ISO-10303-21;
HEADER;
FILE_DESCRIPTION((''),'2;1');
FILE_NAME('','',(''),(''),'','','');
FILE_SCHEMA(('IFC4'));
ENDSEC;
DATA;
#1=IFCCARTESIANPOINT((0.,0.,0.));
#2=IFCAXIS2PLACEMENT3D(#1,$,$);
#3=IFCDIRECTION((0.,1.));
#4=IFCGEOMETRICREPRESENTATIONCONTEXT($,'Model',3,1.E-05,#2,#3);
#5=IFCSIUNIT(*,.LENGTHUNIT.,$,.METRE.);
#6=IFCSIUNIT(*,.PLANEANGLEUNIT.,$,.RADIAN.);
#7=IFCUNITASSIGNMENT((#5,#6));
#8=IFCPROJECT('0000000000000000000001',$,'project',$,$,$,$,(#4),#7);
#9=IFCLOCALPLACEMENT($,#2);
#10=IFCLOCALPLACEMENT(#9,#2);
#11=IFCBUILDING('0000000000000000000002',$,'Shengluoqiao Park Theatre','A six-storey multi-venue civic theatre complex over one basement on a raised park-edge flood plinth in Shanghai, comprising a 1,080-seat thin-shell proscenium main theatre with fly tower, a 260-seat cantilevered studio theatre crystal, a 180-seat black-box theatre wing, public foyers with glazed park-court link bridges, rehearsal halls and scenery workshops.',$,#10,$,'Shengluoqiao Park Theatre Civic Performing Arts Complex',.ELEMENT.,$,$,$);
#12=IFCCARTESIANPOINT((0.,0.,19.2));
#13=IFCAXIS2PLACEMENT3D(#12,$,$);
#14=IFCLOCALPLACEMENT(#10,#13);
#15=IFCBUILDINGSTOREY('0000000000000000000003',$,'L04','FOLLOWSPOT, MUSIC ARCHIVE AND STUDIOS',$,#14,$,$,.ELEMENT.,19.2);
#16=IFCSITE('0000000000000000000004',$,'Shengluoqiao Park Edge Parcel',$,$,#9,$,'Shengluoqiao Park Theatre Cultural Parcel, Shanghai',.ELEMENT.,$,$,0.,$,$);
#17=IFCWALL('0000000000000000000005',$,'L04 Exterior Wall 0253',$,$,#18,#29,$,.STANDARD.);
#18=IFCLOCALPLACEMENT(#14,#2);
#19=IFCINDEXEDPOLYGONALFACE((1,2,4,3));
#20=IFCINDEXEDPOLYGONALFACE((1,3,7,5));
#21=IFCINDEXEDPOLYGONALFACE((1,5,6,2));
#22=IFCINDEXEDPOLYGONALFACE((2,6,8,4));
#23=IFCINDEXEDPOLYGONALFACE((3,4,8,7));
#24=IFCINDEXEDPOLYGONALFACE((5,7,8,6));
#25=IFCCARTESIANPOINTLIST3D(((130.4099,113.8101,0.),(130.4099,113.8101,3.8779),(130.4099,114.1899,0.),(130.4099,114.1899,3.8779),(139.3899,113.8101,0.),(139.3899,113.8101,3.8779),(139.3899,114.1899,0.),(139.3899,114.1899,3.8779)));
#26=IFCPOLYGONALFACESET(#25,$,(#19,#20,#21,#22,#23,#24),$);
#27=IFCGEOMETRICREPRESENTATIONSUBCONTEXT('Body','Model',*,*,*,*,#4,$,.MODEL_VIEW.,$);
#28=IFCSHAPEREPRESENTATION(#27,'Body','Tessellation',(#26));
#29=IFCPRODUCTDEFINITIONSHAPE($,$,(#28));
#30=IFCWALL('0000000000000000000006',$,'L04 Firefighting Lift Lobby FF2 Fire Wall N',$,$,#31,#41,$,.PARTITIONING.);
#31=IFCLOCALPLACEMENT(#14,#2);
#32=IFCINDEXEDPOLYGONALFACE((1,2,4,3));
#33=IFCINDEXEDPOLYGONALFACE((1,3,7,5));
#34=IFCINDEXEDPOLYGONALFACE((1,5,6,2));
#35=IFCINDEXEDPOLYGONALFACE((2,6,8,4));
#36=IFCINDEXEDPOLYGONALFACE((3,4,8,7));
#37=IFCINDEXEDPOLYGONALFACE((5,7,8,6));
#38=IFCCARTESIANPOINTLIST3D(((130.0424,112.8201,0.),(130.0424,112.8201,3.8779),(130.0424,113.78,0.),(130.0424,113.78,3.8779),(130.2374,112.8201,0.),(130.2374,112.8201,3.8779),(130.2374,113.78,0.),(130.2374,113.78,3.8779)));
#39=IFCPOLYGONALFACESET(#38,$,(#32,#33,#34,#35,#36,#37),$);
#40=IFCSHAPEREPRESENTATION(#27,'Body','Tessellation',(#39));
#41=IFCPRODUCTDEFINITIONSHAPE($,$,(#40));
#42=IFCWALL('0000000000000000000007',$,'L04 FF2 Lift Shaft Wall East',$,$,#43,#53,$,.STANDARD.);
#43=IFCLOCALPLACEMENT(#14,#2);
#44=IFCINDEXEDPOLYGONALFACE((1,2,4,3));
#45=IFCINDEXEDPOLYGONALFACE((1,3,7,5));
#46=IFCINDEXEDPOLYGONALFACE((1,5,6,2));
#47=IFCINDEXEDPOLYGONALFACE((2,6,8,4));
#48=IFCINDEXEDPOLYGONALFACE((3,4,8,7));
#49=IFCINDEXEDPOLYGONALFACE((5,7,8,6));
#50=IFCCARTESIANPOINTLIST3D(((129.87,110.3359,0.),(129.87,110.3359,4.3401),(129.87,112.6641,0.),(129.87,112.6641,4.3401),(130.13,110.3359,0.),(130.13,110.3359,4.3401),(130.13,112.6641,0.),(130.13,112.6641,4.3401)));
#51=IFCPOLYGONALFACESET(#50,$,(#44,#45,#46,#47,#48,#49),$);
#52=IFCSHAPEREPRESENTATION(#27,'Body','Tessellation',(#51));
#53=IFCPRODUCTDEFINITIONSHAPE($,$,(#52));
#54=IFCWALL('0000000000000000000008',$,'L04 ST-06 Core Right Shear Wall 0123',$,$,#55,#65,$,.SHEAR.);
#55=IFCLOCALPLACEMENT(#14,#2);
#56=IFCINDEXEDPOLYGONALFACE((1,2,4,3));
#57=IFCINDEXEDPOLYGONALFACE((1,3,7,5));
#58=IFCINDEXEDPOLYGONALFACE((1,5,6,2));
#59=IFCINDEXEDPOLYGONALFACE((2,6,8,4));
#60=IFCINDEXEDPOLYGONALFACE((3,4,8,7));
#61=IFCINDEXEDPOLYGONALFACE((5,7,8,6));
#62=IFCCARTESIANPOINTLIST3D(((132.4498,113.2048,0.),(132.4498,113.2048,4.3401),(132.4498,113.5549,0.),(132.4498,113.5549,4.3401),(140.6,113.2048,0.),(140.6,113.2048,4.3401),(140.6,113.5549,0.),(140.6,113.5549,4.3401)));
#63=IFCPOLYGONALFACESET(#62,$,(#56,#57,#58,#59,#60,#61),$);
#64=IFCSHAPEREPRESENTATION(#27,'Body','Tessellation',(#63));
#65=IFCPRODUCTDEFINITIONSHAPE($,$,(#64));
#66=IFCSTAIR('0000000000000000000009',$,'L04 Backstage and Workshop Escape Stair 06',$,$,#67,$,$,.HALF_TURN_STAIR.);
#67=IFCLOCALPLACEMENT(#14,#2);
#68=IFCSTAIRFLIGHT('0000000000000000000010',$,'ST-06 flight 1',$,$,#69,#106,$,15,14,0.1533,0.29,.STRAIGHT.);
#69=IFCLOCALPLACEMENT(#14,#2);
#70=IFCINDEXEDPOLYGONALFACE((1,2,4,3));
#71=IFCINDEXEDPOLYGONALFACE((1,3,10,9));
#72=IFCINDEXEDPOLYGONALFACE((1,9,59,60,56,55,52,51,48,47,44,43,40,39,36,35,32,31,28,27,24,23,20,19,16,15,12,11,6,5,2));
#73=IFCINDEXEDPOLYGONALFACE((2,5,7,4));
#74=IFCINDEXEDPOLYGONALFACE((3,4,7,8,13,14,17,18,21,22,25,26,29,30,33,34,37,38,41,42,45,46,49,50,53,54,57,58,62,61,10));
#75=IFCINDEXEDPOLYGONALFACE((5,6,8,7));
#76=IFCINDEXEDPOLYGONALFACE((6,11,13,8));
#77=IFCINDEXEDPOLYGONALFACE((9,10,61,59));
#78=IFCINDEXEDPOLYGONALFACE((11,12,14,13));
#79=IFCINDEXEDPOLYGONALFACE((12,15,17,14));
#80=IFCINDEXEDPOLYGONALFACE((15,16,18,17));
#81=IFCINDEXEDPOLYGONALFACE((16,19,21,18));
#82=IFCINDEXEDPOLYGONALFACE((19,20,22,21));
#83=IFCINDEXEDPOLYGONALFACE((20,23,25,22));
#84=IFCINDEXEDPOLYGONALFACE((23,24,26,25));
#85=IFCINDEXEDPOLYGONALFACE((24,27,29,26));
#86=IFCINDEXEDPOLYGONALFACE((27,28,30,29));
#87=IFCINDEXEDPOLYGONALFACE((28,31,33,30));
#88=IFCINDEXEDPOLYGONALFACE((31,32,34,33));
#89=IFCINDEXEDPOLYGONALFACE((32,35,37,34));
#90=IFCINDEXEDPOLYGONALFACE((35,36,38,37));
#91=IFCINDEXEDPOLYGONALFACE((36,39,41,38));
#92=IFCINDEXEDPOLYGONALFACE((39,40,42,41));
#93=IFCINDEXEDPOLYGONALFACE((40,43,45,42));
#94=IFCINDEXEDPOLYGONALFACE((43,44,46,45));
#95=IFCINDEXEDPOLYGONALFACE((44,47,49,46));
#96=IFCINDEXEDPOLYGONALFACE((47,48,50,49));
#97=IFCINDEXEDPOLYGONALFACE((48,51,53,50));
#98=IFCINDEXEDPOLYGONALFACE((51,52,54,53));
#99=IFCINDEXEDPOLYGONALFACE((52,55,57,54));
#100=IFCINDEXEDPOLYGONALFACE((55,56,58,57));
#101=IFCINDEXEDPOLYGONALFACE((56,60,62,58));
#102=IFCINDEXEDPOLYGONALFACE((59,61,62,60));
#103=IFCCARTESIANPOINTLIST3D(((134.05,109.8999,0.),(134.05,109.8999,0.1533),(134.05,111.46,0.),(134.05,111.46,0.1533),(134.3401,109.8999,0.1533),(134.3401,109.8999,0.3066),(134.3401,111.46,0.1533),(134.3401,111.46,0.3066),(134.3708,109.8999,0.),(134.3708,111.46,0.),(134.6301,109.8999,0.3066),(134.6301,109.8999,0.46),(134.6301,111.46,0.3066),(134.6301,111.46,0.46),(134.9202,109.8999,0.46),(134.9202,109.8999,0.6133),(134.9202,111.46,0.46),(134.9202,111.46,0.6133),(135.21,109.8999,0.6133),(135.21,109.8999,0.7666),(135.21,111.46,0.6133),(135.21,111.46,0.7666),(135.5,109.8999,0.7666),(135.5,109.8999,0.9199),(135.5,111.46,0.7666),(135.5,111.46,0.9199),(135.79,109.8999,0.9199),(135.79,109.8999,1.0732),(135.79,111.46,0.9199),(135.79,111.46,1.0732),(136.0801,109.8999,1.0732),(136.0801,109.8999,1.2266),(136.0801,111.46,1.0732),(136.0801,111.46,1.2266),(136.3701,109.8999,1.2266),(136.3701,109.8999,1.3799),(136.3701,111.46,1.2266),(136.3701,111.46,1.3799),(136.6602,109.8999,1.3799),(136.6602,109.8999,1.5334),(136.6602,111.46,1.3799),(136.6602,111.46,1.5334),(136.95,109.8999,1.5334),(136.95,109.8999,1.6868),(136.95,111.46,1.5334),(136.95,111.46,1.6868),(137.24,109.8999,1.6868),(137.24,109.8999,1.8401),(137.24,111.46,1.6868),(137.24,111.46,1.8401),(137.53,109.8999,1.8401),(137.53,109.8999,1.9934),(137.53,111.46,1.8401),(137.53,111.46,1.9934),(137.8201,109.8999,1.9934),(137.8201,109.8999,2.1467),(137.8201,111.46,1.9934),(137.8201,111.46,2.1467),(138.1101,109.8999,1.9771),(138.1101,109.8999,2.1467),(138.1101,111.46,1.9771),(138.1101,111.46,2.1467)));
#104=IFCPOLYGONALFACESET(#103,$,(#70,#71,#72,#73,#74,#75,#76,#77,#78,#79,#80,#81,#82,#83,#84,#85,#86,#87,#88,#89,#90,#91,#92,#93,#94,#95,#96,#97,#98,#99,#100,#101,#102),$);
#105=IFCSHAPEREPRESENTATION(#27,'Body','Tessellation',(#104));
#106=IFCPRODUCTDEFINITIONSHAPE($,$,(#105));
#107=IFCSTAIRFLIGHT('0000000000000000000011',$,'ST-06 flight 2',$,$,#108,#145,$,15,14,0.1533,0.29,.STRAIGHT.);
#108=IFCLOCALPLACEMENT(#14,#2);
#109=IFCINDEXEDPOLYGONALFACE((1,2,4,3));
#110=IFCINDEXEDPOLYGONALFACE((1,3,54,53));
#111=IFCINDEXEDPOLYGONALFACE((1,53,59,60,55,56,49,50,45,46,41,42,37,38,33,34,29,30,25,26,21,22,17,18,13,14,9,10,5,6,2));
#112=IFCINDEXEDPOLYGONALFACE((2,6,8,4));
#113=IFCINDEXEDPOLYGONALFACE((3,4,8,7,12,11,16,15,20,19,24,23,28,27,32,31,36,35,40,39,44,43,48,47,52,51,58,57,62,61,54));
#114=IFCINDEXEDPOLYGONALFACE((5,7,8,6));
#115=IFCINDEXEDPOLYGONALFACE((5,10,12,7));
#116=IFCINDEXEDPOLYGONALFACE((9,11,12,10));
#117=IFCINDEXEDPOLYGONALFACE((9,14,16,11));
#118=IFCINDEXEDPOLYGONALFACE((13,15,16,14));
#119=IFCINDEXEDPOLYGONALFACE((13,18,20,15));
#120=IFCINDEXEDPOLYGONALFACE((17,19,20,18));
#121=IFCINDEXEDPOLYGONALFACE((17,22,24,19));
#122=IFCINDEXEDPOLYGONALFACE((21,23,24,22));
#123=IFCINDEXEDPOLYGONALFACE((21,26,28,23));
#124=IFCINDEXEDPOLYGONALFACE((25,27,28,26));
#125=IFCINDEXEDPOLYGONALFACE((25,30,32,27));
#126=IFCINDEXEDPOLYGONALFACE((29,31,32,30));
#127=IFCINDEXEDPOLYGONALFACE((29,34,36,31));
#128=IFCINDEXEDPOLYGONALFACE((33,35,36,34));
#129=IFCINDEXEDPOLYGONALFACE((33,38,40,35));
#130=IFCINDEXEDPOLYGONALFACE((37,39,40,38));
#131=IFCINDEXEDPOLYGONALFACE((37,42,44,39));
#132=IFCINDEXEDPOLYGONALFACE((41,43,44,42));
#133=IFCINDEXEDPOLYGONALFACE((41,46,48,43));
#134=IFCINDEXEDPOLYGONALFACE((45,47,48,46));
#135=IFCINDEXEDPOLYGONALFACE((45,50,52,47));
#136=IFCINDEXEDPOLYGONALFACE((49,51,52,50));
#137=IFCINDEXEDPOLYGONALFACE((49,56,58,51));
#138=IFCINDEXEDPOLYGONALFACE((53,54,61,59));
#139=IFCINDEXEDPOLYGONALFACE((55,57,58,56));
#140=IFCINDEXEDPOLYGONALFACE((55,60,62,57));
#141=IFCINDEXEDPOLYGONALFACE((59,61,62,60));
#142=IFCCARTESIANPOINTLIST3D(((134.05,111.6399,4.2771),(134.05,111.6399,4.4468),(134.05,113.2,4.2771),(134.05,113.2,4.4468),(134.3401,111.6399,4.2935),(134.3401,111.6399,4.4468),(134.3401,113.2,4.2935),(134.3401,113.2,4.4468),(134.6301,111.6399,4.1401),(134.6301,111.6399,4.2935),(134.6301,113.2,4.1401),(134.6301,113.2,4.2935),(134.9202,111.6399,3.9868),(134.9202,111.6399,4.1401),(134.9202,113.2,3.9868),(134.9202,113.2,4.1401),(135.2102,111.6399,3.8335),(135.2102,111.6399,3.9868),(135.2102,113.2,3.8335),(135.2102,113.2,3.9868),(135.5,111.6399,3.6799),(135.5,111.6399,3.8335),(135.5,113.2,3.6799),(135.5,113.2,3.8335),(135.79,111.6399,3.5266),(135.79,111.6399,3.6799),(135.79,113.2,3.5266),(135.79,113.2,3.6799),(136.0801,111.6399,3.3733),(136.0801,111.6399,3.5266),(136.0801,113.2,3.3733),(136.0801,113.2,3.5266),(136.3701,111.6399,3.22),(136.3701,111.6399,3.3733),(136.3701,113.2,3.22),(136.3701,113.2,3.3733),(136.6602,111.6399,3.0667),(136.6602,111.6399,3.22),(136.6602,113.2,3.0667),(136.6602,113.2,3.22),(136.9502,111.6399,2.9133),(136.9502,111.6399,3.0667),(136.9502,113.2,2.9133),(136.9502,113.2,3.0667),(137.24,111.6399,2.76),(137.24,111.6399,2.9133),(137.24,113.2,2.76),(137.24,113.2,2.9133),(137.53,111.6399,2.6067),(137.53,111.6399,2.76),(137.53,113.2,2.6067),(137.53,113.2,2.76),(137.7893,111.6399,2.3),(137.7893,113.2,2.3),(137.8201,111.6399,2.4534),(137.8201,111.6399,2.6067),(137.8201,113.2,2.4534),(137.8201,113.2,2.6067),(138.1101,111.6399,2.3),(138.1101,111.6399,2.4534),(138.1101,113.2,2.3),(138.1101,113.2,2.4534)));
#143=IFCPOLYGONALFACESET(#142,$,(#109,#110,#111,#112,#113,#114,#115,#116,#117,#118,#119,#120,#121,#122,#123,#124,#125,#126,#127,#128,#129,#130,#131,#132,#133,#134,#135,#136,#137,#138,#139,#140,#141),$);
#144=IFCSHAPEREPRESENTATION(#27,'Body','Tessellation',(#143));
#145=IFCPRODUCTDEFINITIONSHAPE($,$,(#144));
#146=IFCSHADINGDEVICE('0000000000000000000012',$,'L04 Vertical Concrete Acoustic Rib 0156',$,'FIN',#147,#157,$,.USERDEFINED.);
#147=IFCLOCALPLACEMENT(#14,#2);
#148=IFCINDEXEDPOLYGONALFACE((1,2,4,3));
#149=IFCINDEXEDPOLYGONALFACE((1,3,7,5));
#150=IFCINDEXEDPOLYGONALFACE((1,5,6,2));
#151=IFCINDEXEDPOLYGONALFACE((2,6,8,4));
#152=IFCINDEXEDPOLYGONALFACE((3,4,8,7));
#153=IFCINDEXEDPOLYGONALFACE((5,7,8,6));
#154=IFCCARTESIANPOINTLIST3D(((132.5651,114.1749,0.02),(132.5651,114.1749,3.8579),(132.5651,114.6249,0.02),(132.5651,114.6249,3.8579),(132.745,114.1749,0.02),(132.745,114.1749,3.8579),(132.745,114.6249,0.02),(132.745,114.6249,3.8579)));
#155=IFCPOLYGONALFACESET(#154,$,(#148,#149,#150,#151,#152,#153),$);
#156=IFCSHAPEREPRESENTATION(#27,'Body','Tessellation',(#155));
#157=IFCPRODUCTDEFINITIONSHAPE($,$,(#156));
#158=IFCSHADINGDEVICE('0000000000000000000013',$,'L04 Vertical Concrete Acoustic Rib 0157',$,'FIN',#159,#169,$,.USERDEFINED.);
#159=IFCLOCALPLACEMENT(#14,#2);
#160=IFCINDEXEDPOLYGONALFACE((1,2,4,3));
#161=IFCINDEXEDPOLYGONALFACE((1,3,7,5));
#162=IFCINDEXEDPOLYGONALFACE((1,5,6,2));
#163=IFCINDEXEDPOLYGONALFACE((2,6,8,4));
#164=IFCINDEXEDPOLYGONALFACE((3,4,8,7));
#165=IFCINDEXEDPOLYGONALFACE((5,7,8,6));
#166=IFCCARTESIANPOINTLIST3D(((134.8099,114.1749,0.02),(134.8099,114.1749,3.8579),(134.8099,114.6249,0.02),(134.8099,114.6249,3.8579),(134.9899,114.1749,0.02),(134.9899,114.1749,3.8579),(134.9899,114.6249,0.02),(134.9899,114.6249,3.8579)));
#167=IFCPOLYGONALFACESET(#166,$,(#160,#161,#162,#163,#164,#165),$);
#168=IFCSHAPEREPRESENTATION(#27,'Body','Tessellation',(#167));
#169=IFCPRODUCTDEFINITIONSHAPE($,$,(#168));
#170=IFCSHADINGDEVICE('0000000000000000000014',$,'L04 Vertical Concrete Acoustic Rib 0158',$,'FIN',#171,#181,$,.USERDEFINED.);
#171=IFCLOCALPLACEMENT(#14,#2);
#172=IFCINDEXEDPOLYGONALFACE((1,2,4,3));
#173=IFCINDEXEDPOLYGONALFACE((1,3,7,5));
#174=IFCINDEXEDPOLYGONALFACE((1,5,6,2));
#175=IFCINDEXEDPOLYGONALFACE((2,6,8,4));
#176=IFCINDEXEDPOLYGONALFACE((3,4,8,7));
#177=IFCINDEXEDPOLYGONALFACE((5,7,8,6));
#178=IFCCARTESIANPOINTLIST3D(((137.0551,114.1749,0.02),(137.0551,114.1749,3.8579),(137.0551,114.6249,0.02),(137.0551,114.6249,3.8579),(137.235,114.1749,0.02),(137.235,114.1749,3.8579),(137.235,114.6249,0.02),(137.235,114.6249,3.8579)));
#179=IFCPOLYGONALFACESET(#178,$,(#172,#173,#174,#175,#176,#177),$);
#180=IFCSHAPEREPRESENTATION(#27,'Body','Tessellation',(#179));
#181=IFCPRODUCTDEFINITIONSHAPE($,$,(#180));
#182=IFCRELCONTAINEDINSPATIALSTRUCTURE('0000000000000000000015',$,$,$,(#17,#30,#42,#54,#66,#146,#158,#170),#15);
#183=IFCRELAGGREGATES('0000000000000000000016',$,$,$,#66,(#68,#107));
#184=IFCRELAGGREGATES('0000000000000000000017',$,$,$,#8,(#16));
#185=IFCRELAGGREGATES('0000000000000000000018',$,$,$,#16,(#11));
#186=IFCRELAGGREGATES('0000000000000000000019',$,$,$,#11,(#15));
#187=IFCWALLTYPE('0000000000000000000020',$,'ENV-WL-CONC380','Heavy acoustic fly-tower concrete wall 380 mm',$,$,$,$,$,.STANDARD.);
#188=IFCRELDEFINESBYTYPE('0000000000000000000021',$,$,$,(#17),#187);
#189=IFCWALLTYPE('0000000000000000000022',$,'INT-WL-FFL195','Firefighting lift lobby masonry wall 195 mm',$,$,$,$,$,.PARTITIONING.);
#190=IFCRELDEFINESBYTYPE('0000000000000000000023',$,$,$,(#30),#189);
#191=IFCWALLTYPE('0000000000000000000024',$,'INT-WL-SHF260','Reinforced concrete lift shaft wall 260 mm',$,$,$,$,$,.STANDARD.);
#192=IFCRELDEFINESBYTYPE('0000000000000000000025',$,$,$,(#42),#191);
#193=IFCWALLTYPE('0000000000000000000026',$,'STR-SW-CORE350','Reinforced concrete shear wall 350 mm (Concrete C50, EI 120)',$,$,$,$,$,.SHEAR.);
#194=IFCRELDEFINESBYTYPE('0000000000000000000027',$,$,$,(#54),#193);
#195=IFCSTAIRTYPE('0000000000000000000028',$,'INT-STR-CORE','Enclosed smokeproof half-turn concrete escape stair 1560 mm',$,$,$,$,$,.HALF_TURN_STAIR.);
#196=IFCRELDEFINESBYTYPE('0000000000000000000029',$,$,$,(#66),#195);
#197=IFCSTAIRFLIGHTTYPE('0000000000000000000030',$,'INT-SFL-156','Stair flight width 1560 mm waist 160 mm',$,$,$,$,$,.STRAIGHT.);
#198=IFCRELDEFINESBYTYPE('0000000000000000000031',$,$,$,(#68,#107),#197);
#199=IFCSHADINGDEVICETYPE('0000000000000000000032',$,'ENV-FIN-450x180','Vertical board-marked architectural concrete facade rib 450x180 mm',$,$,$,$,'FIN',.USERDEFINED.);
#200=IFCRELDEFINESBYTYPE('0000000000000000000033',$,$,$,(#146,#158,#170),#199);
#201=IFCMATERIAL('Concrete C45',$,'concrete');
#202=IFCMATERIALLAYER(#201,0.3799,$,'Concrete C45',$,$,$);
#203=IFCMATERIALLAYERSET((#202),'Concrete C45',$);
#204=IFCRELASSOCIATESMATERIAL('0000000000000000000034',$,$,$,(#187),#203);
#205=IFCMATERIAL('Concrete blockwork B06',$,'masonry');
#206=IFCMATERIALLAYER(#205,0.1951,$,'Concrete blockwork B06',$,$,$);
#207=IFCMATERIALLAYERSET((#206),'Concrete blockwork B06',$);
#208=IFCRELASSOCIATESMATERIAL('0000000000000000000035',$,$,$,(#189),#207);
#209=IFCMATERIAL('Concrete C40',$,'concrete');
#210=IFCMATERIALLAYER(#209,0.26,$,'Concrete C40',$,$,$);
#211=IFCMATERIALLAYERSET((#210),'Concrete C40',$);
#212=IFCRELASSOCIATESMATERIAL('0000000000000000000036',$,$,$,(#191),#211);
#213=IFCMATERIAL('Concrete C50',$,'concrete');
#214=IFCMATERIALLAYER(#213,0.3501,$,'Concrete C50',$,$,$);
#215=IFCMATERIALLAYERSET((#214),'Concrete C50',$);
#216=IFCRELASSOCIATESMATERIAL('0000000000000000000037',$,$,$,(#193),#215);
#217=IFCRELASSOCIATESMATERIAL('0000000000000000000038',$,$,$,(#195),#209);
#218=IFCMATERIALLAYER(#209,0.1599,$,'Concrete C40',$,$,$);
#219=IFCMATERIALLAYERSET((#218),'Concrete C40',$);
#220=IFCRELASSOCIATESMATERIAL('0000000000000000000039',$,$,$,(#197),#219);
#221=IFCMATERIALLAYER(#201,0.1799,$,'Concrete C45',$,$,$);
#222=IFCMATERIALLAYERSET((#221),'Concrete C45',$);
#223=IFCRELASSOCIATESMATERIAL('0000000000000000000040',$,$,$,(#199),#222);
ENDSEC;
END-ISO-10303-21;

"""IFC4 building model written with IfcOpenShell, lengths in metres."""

from ifc_helpers import new_model, si_unit, direction, frame, frame_2d, origin, origin_2d, place, context, subcontext, project, spatial, polyline, rectangle, outline, extrude, material, layer, layer_set, type_object, element, aggregate, save


model = new_model("IFC4")

# Units and contexts
model_context = context("Model", 3, precision=1e-05, world=origin(), true_north=direction((0.0, 1.0)))
body_context = subcontext(model_context, "Body", "Model", "MODEL_VIEW")
ifc_project = project(units=[si_unit("LENGTHUNIT", "METRE"), si_unit("PLANEANGLEUNIT", "RADIAN")], contexts=[model_context])

# Site, building, storey
site_placement = place(None, origin())
site = spatial("IfcSite", under=ifc_project, at=site_placement, Name="Shengluoqiao Park Edge Parcel", LongName="Shengluoqiao Park Theatre Cultural Parcel, Shanghai", CompositionType="ELEMENT", RefElevation=0.0)
building_placement = place(site_placement, origin())
building = spatial("IfcBuilding", under=site, at=building_placement, Name="Shengluoqiao Park Theatre", Description="A six-storey multi-venue civic theatre complex over one basement on a raised park-edge flood plinth in Shanghai, comprising a 1,080-seat thin-shell proscenium main theatre with fly tower, a 260-seat cantilevered studio theatre crystal, a 180-seat black-box theatre wing, public foyers with glazed park-court link bridges, rehearsal halls and scenery workshops.", LongName="Shengluoqiao Park Theatre Civic Performing Arts Complex", CompositionType="ELEMENT")
storey_placement = place(building_placement, frame((0.0, 0.0, 19.2)))
storey = spatial("IfcBuildingStorey", under=building, at=storey_placement, Name="L04", Description="FOLLOWSPOT, MUSIC ARCHIVE AND STUDIOS", CompositionType="ELEMENT", Elevation=19.2)

# Shared definitions
ifc_material_1 = material(Name="Concrete C40", Category="concrete")

# Walls
ifc_material_2 = material(Name="Concrete C45", Category="concrete")
ifc_layer_1 = layer(ifc_material_2, 0.3799, Name="Concrete C45")
ifc_layer_set_1 = layer_set([ifc_layer_1], Name="Concrete C45")
wall_type_1 = type_object("IfcWallType", Name="ENV-WL-CONC380", Description="Heavy acoustic fly-tower concrete wall 380 mm", PredefinedType="STANDARD", material=ifc_layer_set_1)
wall_1_placement = place(storey_placement, frame((130.4099, 114.0, 0.0), z_axis=(0.0, 0.0, 1.0), x_axis=(1.0, 0.0, 0.0)))
element("IfcWall", 1, at=wall_1_placement, inside=storey, type_object=wall_type_1, Name="L04 Exterior Wall 0253", PredefinedType="STANDARD", context=body_context, shape_type="SweptSolid", body=[
    extrude(rectangle(XDim=8.98, YDim=0.3799, at=frame_2d((4.49, 0.0))), origin(), (0.0, 0.0, 1.0), 3.8779),
])
ifc_material_3 = material(Name="Concrete blockwork B06", Category="masonry")
ifc_layer_2 = layer(ifc_material_3, 0.1951, Name="Concrete blockwork B06")
ifc_layer_set_2 = layer_set([ifc_layer_2], Name="Concrete blockwork B06")
wall_type_2 = type_object("IfcWallType", Name="INT-WL-FFL195", Description="Firefighting lift lobby masonry wall 195 mm", PredefinedType="PARTITIONING", material=ifc_layer_set_2)
wall_2_placement = place(storey_placement, frame((130.1399, 112.8201, 0.0), z_axis=(0.0, 0.0, 1.0), x_axis=(0.0, 1.0, 0.0)))
element("IfcWall", 2, at=wall_2_placement, inside=storey, type_object=wall_type_2, Name="L04 Firefighting Lift Lobby FF2 Fire Wall N", PredefinedType="PARTITIONING", context=body_context, shape_type="SweptSolid", body=[
    extrude(rectangle(XDim=0.96, YDim=0.1951, at=frame_2d((0.48, 0.0))), origin(), (0.0, 0.0, 1.0), 3.8779),
])
ifc_layer_3 = layer(ifc_material_1, 0.26, Name="Concrete C40")
ifc_layer_set_3 = layer_set([ifc_layer_3], Name="Concrete C40")
wall_type_3 = type_object("IfcWallType", Name="INT-WL-SHF260", Description="Reinforced concrete lift shaft wall 260 mm", PredefinedType="STANDARD", material=ifc_layer_set_3)
wall_3_placement = place(storey_placement, frame((130.0, 110.3359, 0.0), z_axis=(0.0, 0.0, 1.0), x_axis=(0.0, 1.0, 0.0)))
element("IfcWall", 3, at=wall_3_placement, inside=storey, type_object=wall_type_3, Name="L04 FF2 Lift Shaft Wall East", PredefinedType="STANDARD", context=body_context, shape_type="SweptSolid", body=[
    extrude(rectangle(XDim=2.3281, YDim=0.26, at=frame_2d((1.1641, 0.0))), origin(), (0.0, 0.0, 1.0), 4.3401),
])
ifc_material_4 = material(Name="Concrete C50", Category="concrete")
ifc_layer_4 = layer(ifc_material_4, 0.3501, Name="Concrete C50")
ifc_layer_set_4 = layer_set([ifc_layer_4], Name="Concrete C50")
wall_type_4 = type_object("IfcWallType", Name="STR-SW-CORE350", Description="Reinforced concrete shear wall 350 mm (Concrete C50, EI 120)", PredefinedType="SHEAR", material=ifc_layer_set_4)
wall_4_placement = place(storey_placement, frame((140.6001, 113.3799, 0.0), z_axis=(0.0, 0.0, 1.0), x_axis=(-1.0, 0.0, 0.0)))
element("IfcWall", 4, at=wall_4_placement, inside=storey, type_object=wall_type_4, Name="L04 ST-06 Core Right Shear Wall 0123", PredefinedType="SHEAR", context=body_context, shape_type="SweptSolid", body=[
    extrude(rectangle(XDim=8.1501, YDim=0.3501, at=frame_2d((4.0752, 0.0))), origin(), (0.0, 0.0, 1.0), 4.3401),
])

# Stair, stair flights
stair_type = type_object("IfcStairType", Name="INT-STR-CORE", Description="Enclosed smokeproof half-turn concrete escape stair 1560 mm", PredefinedType="HALF_TURN_STAIR", material=ifc_material_1)
stair_placement = place(storey_placement, origin())
stair = element("IfcStair", 5, at=stair_placement, inside=storey, type_object=stair_type, Name="L04 Backstage and Workshop Escape Stair 06", PredefinedType="HALF_TURN_STAIR")
ifc_layer_5 = layer(ifc_material_1, 0.1599, Name="Concrete C40")
ifc_layer_set_5 = layer_set([ifc_layer_5], Name="Concrete C40")
stair_flight_type = type_object("IfcStairFlightType", Name="INT-SFL-156", Description="Stair flight width 1560 mm waist 160 mm", PredefinedType="STRAIGHT", material=ifc_layer_set_5)
stair_flight_1_placement = place(storey_placement, frame((134.05, 110.6799, 0.0), z_axis=(0.0, 0.0, 1.0), x_axis=(1.0, 0.0, 0.0)))
stair_flight_1 = element("IfcStairFlight", 6, at=stair_flight_1_placement, type_object=stair_flight_type, Name="ST-06 flight 1", NumberOfRisers=15, NumberOfTreads=14, PredefinedType="STRAIGHT", RiserHeight=0.1533, TreadLength=0.29, context=body_context, shape_type="SweptSolid", body=[
    extrude(outline(polyline([(0.0, 0.0), (0.0, 0.1533), (0.29, 0.1533), (0.29, 0.3066), (0.5801, 0.3066), (0.5801, 0.46), (0.8701, 0.46), (0.8701, 0.6133), (1.1599, 0.6133), (1.1599, 0.7666), (1.45, 0.7666), (1.45, 0.9199), (1.74, 0.9199), (1.74, 1.0732), (2.03, 1.0732), (2.03, 1.2266), (2.3201, 1.2266), (2.3201, 1.3799), (2.6101, 1.3799), (2.6101, 1.5334), (2.8999, 1.5334), (2.8999, 1.6868), (3.1899, 1.6868), (3.1899, 1.8401), (3.48, 1.8401), (3.48, 1.9934), (3.77, 1.9934), (3.77, 2.1467), (4.0601, 2.1467), (4.0601, 2.3), (4.0601, 1.9771), (0.3208, 0.0), (0.0, 0.0)])), frame((0.0, 0.78, 0.0), z_axis=(0.0, -1.0, 0.0), x_axis=(1.0, 0.0, 0.0)), (0.0, 0.0, 1.0), 1.5601),
])
stair_flight_2_placement = place(storey_placement, frame((138.1101, 112.4199, 2.3), z_axis=(0.0, 0.0, 1.0), x_axis=(-1.0, 0.0, 0.0)))
stair_flight_2 = element("IfcStairFlight", 7, at=stair_flight_2_placement, type_object=stair_flight_type, Name="ST-06 flight 2", NumberOfRisers=15, NumberOfTreads=14, PredefinedType="STRAIGHT", RiserHeight=0.1533, TreadLength=0.29, context=body_context, shape_type="SweptSolid", body=[
    extrude(outline(polyline([(0.0, 0.0), (0.0, 0.1533), (0.29, 0.1533), (0.29, 0.3066), (0.5801, 0.3066), (0.5801, 0.46), (0.8701, 0.46), (0.8701, 0.6133), (1.1599, 0.6133), (1.1599, 0.7666), (1.45, 0.7666), (1.45, 0.9199), (1.74, 0.9199), (1.74, 1.0732), (2.03, 1.0732), (2.03, 1.2266), (2.3201, 1.2266), (2.3201, 1.3799), (2.6101, 1.3799), (2.6101, 1.5334), (2.8999, 1.5334), (2.8999, 1.6868), (3.1899, 1.6868), (3.1899, 1.8401), (3.48, 1.8401), (3.48, 1.9934), (3.77, 1.9934), (3.77, 2.1467), (4.0601, 2.1467), (4.0601, 2.3), (4.0601, 1.9771), (0.3208, 0.0), (0.0, 0.0)])), frame((0.0, 0.78, 0.0), z_axis=(0.0, -1.0, 0.0), x_axis=(1.0, 0.0, 0.0)), (0.0, 0.0, 1.0), 1.5601),
])
aggregate(stair, [stair_flight_1, stair_flight_2])

# Shading devices
ifc_layer_6 = layer(ifc_material_2, 0.1799, Name="Concrete C45")
ifc_layer_set_6 = layer_set([ifc_layer_6], Name="Concrete C45")
shading_device_type = type_object("IfcShadingDeviceType", Name="ENV-FIN-450x180", Description="Vertical board-marked architectural concrete facade rib 450x180 mm", ElementType="FIN", PredefinedType="USERDEFINED", material=ifc_layer_set_6)
for number, where, z_axis, x_axis, name in (
    (8, (132.655, 114.3999, 0.02), (0.0, 0.0, 1.0), (0.0, 1.0, 0.0), "L04 Vertical Concrete Acoustic Rib 0156"),
    (9, (134.8999, 114.3999, 0.02), (0.0, 0.0, 1.0), (0.0, 1.0, 0.0), "L04 Vertical Concrete Acoustic Rib 0157"),
    (10, (137.145, 114.3999, 0.02), (0.0, 0.0, 1.0), (0.0, 1.0, 0.0), "L04 Vertical Concrete Acoustic Rib 0158"),
):
    element("IfcShadingDevice", number, at=place(storey_placement, frame(where, z_axis=z_axis, x_axis=x_axis)), inside=storey, type_object=shading_device_type, Name=name, ObjectType="FIN", PredefinedType="USERDEFINED", context=body_context, shape_type="SweptSolid", body=[
        extrude(rectangle(XDim=0.45, YDim=0.1799, at=origin_2d()), origin(), (0.0, 0.0, 1.0), 3.8379),
    ])

save(model, "model.ifc")
